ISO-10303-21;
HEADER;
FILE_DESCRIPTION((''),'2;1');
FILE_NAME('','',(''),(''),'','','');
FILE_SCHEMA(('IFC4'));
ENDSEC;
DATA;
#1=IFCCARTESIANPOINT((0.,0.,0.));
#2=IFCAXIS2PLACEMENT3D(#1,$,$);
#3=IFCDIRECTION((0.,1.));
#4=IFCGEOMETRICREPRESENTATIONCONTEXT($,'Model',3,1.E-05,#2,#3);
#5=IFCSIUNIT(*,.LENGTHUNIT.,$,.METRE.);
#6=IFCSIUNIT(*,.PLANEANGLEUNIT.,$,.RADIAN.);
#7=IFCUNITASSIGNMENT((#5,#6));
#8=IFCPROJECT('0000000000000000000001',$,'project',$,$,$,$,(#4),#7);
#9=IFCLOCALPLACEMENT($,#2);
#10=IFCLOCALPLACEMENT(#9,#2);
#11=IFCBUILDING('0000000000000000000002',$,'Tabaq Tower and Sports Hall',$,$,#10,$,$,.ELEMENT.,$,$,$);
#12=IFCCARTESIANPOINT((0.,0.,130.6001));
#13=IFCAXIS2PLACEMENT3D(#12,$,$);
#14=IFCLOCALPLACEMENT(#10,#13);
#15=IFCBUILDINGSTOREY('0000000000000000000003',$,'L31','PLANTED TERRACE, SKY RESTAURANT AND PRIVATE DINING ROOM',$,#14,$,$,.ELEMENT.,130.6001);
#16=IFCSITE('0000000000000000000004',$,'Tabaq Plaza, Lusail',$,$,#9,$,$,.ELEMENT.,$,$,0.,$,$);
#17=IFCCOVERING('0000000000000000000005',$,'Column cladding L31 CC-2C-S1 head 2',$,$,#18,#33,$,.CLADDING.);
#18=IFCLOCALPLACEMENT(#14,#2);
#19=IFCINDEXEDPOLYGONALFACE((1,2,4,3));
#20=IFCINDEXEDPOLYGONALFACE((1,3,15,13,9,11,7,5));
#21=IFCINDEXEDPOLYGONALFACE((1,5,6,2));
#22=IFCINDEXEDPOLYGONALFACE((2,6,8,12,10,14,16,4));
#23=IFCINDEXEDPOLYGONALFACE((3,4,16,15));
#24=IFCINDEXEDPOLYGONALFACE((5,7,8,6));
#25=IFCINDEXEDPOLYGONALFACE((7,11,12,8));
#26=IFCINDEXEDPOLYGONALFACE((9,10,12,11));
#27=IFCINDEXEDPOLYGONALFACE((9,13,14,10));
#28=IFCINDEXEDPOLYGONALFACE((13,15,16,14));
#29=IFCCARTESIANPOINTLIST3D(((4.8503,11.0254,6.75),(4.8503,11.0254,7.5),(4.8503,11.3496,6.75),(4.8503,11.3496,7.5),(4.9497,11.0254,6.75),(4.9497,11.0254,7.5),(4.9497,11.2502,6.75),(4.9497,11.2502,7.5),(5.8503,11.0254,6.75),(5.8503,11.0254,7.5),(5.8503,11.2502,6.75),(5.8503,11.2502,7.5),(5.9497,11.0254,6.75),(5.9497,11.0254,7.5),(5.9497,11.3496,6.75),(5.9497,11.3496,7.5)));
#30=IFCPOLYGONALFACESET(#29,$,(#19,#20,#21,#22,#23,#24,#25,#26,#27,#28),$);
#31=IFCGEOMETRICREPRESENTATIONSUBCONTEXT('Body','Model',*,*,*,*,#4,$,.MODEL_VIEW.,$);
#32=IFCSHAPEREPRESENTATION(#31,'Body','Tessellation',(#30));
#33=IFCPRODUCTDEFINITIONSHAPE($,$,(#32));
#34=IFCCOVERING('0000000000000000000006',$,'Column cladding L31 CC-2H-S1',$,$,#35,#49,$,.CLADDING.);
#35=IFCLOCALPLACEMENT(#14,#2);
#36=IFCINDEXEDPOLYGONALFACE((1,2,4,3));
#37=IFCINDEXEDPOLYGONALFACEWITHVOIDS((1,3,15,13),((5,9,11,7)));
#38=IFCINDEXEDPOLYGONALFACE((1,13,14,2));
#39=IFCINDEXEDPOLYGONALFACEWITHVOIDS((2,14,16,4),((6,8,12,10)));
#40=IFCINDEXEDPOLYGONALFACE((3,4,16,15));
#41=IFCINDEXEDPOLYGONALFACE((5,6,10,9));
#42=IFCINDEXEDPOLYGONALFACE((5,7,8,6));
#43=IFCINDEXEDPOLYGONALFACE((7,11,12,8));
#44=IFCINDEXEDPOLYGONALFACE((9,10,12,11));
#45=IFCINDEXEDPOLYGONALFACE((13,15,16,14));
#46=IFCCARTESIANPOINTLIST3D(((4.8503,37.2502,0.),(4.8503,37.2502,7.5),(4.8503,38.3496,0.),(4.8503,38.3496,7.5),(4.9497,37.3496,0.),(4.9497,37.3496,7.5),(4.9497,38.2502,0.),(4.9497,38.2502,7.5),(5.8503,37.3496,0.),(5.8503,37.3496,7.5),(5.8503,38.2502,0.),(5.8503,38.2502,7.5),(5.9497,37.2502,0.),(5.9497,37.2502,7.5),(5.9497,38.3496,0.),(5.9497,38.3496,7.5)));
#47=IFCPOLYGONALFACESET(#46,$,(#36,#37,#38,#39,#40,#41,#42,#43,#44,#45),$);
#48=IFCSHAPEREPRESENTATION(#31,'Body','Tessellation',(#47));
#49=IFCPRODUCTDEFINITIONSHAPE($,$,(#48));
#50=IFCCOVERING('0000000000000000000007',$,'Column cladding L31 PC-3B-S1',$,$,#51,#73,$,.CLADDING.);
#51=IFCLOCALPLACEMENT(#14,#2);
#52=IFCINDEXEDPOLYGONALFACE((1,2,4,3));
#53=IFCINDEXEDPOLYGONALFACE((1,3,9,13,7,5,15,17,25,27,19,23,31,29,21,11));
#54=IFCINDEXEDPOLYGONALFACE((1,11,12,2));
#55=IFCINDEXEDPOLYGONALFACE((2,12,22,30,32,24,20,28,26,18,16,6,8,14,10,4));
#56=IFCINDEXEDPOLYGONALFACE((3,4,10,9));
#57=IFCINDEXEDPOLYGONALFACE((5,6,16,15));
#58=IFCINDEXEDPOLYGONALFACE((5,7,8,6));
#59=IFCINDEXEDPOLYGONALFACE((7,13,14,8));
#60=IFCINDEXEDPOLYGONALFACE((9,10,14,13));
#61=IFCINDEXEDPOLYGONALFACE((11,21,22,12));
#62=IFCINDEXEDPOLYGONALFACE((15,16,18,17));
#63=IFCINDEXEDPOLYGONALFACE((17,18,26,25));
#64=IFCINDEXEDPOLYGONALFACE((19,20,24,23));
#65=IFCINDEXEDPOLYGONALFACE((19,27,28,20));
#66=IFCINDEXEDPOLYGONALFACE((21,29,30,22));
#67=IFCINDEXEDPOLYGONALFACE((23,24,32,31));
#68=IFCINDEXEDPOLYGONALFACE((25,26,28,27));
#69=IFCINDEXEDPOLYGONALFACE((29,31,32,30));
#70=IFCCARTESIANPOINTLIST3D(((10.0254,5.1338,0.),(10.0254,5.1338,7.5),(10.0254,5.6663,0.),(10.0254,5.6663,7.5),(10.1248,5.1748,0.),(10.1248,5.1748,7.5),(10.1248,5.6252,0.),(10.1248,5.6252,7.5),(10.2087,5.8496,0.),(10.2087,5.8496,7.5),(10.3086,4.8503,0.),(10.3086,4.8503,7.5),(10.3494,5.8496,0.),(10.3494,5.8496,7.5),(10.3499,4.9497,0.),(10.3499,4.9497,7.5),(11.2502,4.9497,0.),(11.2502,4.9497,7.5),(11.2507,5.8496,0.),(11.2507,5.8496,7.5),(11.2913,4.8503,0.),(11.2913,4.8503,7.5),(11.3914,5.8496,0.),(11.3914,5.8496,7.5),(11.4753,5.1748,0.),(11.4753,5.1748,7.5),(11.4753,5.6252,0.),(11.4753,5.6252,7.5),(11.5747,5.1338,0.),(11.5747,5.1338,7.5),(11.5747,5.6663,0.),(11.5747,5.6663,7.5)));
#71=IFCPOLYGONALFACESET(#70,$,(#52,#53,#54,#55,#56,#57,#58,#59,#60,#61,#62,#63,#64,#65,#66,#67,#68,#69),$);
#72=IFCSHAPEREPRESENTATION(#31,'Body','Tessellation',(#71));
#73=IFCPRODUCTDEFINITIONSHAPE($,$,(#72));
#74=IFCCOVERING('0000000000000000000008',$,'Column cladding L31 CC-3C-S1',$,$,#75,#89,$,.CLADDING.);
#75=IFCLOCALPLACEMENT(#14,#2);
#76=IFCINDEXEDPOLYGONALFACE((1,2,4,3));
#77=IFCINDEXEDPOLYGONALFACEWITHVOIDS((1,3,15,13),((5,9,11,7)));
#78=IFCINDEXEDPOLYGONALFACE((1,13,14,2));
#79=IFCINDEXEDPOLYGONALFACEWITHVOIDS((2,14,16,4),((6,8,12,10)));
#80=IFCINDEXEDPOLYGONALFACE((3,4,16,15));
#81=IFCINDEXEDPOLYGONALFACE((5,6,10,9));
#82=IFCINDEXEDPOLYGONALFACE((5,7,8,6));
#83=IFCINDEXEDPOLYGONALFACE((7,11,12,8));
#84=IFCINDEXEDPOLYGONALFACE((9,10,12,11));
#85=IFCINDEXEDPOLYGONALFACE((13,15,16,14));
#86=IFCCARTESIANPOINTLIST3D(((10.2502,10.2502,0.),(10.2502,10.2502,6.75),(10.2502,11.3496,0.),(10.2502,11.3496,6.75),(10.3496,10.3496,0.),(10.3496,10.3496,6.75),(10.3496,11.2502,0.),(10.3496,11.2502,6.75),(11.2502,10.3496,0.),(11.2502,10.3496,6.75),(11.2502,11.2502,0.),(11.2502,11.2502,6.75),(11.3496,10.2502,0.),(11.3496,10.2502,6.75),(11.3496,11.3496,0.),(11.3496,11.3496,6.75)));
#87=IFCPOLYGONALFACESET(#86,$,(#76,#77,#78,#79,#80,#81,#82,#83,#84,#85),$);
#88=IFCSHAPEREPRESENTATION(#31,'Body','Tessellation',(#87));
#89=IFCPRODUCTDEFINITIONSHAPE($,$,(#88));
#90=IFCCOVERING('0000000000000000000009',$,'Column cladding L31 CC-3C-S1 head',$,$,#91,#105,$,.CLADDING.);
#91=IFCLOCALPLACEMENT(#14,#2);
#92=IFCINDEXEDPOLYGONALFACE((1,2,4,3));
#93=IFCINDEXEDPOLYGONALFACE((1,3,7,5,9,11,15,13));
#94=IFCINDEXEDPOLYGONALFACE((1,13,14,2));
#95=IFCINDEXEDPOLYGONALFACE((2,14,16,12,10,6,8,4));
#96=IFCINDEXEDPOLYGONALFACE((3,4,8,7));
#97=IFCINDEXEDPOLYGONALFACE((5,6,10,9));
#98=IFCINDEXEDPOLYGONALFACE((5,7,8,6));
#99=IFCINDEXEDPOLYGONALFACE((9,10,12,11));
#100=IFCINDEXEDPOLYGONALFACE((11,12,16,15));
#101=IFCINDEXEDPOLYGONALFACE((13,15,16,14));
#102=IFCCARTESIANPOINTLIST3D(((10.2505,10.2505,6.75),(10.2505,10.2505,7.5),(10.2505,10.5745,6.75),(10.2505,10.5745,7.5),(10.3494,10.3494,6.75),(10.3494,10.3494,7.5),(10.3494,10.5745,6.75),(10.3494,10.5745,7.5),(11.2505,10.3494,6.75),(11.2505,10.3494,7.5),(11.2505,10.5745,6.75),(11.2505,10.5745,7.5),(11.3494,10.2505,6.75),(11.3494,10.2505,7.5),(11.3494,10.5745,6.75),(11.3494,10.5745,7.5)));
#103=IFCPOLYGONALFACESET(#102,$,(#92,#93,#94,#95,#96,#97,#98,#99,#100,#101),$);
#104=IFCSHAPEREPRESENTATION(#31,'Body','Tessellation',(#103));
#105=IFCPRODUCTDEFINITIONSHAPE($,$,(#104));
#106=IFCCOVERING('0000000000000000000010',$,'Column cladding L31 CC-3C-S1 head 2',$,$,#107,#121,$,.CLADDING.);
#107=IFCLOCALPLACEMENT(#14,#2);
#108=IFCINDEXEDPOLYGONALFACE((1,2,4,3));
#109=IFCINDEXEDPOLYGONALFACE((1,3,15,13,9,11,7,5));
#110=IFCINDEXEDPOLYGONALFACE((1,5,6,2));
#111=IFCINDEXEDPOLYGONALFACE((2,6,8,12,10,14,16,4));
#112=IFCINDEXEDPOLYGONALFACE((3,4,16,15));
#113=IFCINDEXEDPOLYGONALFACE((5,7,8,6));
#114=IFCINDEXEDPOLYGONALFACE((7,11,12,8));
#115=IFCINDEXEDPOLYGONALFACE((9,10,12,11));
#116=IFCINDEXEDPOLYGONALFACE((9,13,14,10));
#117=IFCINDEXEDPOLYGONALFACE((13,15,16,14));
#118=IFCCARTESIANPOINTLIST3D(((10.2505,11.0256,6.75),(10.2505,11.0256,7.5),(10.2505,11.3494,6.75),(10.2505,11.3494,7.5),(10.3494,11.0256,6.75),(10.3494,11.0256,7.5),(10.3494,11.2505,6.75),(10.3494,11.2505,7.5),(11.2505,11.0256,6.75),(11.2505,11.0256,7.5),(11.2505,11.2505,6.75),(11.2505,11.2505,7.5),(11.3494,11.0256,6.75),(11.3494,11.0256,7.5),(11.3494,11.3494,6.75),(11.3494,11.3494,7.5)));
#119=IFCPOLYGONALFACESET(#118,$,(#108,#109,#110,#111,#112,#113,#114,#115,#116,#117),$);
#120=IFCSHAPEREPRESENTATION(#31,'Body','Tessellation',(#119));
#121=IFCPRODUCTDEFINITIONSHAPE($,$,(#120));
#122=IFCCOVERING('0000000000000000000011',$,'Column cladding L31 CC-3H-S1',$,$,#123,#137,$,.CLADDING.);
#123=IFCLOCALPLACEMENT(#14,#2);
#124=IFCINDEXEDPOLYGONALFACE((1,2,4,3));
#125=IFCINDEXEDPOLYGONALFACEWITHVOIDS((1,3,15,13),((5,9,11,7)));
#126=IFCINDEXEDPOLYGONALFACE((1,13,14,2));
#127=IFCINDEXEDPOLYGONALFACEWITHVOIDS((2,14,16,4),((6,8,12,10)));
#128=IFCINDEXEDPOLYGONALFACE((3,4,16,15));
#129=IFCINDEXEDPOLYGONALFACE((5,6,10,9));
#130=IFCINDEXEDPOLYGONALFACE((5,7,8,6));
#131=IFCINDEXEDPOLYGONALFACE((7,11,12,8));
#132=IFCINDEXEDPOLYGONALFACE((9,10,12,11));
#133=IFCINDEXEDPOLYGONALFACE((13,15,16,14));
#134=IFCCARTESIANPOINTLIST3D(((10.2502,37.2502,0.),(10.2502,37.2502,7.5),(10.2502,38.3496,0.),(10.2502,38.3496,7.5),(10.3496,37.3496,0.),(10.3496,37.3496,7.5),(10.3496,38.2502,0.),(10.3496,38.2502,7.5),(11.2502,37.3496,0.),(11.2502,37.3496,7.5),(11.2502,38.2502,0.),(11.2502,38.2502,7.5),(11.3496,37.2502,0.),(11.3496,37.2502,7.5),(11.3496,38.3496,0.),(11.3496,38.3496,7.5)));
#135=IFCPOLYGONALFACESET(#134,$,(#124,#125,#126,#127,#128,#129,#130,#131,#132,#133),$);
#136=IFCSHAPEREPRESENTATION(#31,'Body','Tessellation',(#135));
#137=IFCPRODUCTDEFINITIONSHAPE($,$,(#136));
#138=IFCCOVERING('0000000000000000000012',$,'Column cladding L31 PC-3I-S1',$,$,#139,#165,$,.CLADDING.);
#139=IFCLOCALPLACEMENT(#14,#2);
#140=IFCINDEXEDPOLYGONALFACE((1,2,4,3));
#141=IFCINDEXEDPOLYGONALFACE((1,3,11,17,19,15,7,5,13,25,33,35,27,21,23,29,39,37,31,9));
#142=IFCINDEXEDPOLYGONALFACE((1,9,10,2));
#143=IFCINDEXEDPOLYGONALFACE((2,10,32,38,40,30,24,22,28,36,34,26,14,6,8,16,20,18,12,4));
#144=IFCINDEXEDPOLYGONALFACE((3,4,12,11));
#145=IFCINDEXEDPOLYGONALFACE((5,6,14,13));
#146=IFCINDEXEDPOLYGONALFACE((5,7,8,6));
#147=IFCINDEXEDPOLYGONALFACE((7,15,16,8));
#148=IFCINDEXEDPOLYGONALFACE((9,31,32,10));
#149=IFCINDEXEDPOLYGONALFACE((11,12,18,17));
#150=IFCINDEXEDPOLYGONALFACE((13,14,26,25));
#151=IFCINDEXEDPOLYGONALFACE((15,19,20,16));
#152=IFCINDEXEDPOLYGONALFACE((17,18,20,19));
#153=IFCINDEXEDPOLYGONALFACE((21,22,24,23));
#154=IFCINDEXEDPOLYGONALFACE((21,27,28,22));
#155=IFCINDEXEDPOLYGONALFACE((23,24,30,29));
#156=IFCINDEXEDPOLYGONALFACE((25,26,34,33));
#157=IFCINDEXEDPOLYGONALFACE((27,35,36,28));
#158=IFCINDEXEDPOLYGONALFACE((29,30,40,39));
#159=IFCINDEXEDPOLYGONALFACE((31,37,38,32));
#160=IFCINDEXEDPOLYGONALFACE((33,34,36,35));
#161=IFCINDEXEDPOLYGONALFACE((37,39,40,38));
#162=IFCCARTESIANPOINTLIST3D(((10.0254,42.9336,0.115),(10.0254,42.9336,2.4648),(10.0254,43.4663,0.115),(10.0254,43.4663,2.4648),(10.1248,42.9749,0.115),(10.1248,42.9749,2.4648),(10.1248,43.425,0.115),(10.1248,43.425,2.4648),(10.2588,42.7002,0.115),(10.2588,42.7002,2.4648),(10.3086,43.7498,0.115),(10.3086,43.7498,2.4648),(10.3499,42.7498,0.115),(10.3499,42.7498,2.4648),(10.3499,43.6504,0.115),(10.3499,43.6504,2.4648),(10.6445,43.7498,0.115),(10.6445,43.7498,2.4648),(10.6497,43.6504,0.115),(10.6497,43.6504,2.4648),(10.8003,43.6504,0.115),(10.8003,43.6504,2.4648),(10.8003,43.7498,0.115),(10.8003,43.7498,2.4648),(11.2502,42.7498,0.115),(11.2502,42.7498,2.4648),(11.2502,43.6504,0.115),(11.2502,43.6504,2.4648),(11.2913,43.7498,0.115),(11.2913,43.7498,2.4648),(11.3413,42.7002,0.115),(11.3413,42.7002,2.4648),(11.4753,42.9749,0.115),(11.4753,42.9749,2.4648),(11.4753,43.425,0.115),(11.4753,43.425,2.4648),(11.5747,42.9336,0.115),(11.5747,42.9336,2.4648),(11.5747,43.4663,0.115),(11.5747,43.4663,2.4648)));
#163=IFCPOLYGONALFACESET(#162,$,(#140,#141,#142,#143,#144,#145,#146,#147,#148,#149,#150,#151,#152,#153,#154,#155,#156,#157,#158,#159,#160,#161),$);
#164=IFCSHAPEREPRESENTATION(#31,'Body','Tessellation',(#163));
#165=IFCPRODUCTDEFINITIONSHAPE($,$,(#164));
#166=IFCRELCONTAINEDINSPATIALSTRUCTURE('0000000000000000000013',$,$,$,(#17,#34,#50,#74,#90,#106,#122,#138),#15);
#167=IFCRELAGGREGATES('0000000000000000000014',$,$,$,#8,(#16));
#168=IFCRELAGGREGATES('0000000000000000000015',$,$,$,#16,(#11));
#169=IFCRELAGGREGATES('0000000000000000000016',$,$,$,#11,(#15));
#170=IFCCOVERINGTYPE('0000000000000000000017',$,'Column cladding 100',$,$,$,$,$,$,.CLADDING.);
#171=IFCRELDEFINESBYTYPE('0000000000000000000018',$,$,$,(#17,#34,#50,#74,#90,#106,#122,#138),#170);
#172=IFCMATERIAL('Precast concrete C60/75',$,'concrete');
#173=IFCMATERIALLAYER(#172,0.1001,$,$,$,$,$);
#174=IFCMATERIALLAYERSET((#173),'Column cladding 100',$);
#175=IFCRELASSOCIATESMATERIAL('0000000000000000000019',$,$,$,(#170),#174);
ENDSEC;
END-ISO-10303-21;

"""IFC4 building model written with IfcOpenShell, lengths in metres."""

from ifc_helpers import new_model, si_unit, direction, frame, origin, place, context, subcontext, project, spatial, polyline, outline, extrude, material, layer, layer_set, type_object, element, save


model = new_model("IFC4")

# Units and contexts
model_context = context("Model", 3, precision=1e-05, world=origin(), true_north=direction((0.0, 1.0)))
body_context = subcontext(model_context, "Body", "Model", "MODEL_VIEW")
ifc_project = project(units=[si_unit("LENGTHUNIT", "METRE"), si_unit("PLANEANGLEUNIT", "RADIAN")], contexts=[model_context])

# Site, building, storey
site_placement = place(None, origin())
site = spatial("IfcSite", under=ifc_project, at=site_placement, Name="Tabaq Plaza, Lusail", CompositionType="ELEMENT", RefElevation=0.0)
building_placement = place(site_placement, origin())
building = spatial("IfcBuilding", under=site, at=building_placement, Name="Tabaq Tower and Sports Hall", CompositionType="ELEMENT")
storey_placement = place(building_placement, frame((0.0, 0.0, 130.6001)))
storey = spatial("IfcBuildingStorey", under=building, at=storey_placement, Name="L31", Description="PLANTED TERRACE, SKY RESTAURANT AND PRIVATE DINING ROOM", CompositionType="ELEMENT", Elevation=130.6001)

# Coverings
ifc_material_1 = material(Name="Precast concrete C60/75", Category="concrete")
ifc_layer_1 = layer(ifc_material_1, 0.1001)
ifc_layer_set_1 = layer_set([ifc_layer_1], Name="Column cladding 100")
covering_type = type_object("IfcCoveringType", Name="Column cladding 100", PredefinedType="CLADDING", material=ifc_layer_set_1)
covering_1_placement = place(storey_placement, frame((0.0, 0.0, 6.75)))
element("IfcCovering", 1, at=covering_1_placement, inside=storey, type_object=covering_type, Name="Column cladding L31 CC-2C-S1 head 2", PredefinedType="CLADDING", context=body_context, shape_type="SweptSolid", body=[
    extrude(outline(polyline([(5.9497, 11.3496), (5.9497, 11.0254), (5.8503, 11.0254), (5.8503, 11.2502), (4.9497, 11.2502), (4.9497, 11.0254), (4.8503, 11.0254), (4.8503, 11.3496), (5.9497, 11.3496)])), origin(), (0.0, 0.0, 1.0), 0.75),
])
covering_2_placement = place(storey_placement, origin())
element("IfcCovering", 2, at=covering_2_placement, inside=storey, type_object=covering_type, Name="Column cladding L31 CC-2H-S1", PredefinedType="CLADDING", context=body_context, shape_type="SweptSolid", body=[
    extrude(outline(polyline([(4.8503, 38.3496), (5.9497, 38.3496), (5.9497, 37.2502), (4.8503, 37.2502), (4.8503, 38.3496)]), holes=[polyline([(5.8503, 37.3496), (5.8503, 38.2502), (4.9497, 38.2502), (4.9497, 37.3496), (5.8503, 37.3496)])]), origin(), (0.0, 0.0, 1.0), 7.5),
])
covering_3_placement = place(storey_placement, origin())
element("IfcCovering", 3, at=covering_3_placement, inside=storey, type_object=covering_type, Name="Column cladding L31 PC-3B-S1", PredefinedType="CLADDING", context=body_context, shape_type="SweptSolid", body=[
    extrude(outline(polyline([(10.0254, 5.6663), (10.2087, 5.8496), (10.3494, 5.8496), (10.1248, 5.6252), (10.1248, 5.1748), (10.3499, 4.9497), (11.2502, 4.9497), (11.4753, 5.1748), (11.4753, 5.6252), (11.2507, 5.8496), (11.3914, 5.8496), (11.5747, 5.6663), (11.5747, 5.1338), (11.2913, 4.8503), (10.3086, 4.8503), (10.0254, 5.1338), (10.0254, 5.6663)])), origin(), (0.0, 0.0, 1.0), 7.5),
])
covering_4_placement = place(storey_placement, origin())
element("IfcCovering", 4, at=covering_4_placement, inside=storey, type_object=covering_type, Name="Column cladding L31 CC-3C-S1", PredefinedType="CLADDING", context=body_context, shape_type="SweptSolid", body=[
    extrude(outline(polyline([(10.2502, 11.3496), (11.3496, 11.3496), (11.3496, 10.2502), (10.2502, 10.2502), (10.2502, 11.3496)]), holes=[polyline([(11.2502, 10.3496), (11.2502, 11.2502), (10.3496, 11.2502), (10.3496, 10.3496), (11.2502, 10.3496)])]), origin(), (0.0, 0.0, 1.0), 6.75),
])
covering_5_placement = place(storey_placement, frame((0.0, 0.0, 6.75)))
element("IfcCovering", 5, at=covering_5_placement, inside=storey, type_object=covering_type, Name="Column cladding L31 CC-3C-S1 head", PredefinedType="CLADDING", context=body_context, shape_type="SweptSolid", body=[
    extrude(outline(polyline([(10.3494, 10.5745), (10.3494, 10.3494), (11.2505, 10.3494), (11.2505, 10.5745), (11.3494, 10.5745), (11.3494, 10.2505), (10.2505, 10.2505), (10.2505, 10.5745), (10.3494, 10.5745)])), origin(), (0.0, 0.0, 1.0), 0.75),
])
covering_6_placement = place(storey_placement, frame((0.0, 0.0, 6.75)))
element("IfcCovering", 6, at=covering_6_placement, inside=storey, type_object=covering_type, Name="Column cladding L31 CC-3C-S1 head 2", PredefinedType="CLADDING", context=body_context, shape_type="SweptSolid", body=[
    extrude(outline(polyline([(10.3494, 11.0256), (10.2505, 11.0256), (10.2505, 11.3494), (11.3494, 11.3494), (11.3494, 11.0256), (11.2505, 11.0256), (11.2505, 11.2505), (10.3494, 11.2505), (10.3494, 11.0256)])), origin(), (0.0, 0.0, 1.0), 0.75),
])
covering_7_placement = place(storey_placement, origin())
element("IfcCovering", 7, at=covering_7_placement, inside=storey, type_object=covering_type, Name="Column cladding L31 CC-3H-S1", PredefinedType="CLADDING", context=body_context, shape_type="SweptSolid", body=[
    extrude(outline(polyline([(10.2502, 38.3496), (11.3496, 38.3496), (11.3496, 37.2502), (10.2502, 37.2502), (10.2502, 38.3496)]), holes=[polyline([(11.2502, 37.3496), (11.2502, 38.2502), (10.3496, 38.2502), (10.3496, 37.3496), (11.2502, 37.3496)])]), origin(), (0.0, 0.0, 1.0), 7.5),
])
covering_8_placement = place(storey_placement, frame((0.0, 0.0, 0.115)))
element("IfcCovering", 8, at=covering_8_placement, inside=storey, type_object=covering_type, Name="Column cladding L31 PC-3I-S1", PredefinedType="CLADDING", context=body_context, shape_type="SweptSolid", body=[
    extrude(outline(polyline([(10.0254, 43.4663), (10.3086, 43.7498), (10.6445, 43.7498), (10.6497, 43.6504), (10.3499, 43.6504), (10.1248, 43.425), (10.1248, 42.9749), (10.3499, 42.7498), (11.2502, 42.7498), (11.4753, 42.9749), (11.4753, 43.425), (11.2502, 43.6504), (10.8003, 43.6504), (10.8003, 43.7498), (11.2913, 43.7498), (11.5747, 43.4663), (11.5747, 42.9336), (11.3413, 42.7002), (10.2588, 42.7002), (10.0254, 42.9336), (10.0254, 43.4663)])), origin(), (0.0, 0.0, 1.0), 2.3499),
])

save(model, "model.ifc")
